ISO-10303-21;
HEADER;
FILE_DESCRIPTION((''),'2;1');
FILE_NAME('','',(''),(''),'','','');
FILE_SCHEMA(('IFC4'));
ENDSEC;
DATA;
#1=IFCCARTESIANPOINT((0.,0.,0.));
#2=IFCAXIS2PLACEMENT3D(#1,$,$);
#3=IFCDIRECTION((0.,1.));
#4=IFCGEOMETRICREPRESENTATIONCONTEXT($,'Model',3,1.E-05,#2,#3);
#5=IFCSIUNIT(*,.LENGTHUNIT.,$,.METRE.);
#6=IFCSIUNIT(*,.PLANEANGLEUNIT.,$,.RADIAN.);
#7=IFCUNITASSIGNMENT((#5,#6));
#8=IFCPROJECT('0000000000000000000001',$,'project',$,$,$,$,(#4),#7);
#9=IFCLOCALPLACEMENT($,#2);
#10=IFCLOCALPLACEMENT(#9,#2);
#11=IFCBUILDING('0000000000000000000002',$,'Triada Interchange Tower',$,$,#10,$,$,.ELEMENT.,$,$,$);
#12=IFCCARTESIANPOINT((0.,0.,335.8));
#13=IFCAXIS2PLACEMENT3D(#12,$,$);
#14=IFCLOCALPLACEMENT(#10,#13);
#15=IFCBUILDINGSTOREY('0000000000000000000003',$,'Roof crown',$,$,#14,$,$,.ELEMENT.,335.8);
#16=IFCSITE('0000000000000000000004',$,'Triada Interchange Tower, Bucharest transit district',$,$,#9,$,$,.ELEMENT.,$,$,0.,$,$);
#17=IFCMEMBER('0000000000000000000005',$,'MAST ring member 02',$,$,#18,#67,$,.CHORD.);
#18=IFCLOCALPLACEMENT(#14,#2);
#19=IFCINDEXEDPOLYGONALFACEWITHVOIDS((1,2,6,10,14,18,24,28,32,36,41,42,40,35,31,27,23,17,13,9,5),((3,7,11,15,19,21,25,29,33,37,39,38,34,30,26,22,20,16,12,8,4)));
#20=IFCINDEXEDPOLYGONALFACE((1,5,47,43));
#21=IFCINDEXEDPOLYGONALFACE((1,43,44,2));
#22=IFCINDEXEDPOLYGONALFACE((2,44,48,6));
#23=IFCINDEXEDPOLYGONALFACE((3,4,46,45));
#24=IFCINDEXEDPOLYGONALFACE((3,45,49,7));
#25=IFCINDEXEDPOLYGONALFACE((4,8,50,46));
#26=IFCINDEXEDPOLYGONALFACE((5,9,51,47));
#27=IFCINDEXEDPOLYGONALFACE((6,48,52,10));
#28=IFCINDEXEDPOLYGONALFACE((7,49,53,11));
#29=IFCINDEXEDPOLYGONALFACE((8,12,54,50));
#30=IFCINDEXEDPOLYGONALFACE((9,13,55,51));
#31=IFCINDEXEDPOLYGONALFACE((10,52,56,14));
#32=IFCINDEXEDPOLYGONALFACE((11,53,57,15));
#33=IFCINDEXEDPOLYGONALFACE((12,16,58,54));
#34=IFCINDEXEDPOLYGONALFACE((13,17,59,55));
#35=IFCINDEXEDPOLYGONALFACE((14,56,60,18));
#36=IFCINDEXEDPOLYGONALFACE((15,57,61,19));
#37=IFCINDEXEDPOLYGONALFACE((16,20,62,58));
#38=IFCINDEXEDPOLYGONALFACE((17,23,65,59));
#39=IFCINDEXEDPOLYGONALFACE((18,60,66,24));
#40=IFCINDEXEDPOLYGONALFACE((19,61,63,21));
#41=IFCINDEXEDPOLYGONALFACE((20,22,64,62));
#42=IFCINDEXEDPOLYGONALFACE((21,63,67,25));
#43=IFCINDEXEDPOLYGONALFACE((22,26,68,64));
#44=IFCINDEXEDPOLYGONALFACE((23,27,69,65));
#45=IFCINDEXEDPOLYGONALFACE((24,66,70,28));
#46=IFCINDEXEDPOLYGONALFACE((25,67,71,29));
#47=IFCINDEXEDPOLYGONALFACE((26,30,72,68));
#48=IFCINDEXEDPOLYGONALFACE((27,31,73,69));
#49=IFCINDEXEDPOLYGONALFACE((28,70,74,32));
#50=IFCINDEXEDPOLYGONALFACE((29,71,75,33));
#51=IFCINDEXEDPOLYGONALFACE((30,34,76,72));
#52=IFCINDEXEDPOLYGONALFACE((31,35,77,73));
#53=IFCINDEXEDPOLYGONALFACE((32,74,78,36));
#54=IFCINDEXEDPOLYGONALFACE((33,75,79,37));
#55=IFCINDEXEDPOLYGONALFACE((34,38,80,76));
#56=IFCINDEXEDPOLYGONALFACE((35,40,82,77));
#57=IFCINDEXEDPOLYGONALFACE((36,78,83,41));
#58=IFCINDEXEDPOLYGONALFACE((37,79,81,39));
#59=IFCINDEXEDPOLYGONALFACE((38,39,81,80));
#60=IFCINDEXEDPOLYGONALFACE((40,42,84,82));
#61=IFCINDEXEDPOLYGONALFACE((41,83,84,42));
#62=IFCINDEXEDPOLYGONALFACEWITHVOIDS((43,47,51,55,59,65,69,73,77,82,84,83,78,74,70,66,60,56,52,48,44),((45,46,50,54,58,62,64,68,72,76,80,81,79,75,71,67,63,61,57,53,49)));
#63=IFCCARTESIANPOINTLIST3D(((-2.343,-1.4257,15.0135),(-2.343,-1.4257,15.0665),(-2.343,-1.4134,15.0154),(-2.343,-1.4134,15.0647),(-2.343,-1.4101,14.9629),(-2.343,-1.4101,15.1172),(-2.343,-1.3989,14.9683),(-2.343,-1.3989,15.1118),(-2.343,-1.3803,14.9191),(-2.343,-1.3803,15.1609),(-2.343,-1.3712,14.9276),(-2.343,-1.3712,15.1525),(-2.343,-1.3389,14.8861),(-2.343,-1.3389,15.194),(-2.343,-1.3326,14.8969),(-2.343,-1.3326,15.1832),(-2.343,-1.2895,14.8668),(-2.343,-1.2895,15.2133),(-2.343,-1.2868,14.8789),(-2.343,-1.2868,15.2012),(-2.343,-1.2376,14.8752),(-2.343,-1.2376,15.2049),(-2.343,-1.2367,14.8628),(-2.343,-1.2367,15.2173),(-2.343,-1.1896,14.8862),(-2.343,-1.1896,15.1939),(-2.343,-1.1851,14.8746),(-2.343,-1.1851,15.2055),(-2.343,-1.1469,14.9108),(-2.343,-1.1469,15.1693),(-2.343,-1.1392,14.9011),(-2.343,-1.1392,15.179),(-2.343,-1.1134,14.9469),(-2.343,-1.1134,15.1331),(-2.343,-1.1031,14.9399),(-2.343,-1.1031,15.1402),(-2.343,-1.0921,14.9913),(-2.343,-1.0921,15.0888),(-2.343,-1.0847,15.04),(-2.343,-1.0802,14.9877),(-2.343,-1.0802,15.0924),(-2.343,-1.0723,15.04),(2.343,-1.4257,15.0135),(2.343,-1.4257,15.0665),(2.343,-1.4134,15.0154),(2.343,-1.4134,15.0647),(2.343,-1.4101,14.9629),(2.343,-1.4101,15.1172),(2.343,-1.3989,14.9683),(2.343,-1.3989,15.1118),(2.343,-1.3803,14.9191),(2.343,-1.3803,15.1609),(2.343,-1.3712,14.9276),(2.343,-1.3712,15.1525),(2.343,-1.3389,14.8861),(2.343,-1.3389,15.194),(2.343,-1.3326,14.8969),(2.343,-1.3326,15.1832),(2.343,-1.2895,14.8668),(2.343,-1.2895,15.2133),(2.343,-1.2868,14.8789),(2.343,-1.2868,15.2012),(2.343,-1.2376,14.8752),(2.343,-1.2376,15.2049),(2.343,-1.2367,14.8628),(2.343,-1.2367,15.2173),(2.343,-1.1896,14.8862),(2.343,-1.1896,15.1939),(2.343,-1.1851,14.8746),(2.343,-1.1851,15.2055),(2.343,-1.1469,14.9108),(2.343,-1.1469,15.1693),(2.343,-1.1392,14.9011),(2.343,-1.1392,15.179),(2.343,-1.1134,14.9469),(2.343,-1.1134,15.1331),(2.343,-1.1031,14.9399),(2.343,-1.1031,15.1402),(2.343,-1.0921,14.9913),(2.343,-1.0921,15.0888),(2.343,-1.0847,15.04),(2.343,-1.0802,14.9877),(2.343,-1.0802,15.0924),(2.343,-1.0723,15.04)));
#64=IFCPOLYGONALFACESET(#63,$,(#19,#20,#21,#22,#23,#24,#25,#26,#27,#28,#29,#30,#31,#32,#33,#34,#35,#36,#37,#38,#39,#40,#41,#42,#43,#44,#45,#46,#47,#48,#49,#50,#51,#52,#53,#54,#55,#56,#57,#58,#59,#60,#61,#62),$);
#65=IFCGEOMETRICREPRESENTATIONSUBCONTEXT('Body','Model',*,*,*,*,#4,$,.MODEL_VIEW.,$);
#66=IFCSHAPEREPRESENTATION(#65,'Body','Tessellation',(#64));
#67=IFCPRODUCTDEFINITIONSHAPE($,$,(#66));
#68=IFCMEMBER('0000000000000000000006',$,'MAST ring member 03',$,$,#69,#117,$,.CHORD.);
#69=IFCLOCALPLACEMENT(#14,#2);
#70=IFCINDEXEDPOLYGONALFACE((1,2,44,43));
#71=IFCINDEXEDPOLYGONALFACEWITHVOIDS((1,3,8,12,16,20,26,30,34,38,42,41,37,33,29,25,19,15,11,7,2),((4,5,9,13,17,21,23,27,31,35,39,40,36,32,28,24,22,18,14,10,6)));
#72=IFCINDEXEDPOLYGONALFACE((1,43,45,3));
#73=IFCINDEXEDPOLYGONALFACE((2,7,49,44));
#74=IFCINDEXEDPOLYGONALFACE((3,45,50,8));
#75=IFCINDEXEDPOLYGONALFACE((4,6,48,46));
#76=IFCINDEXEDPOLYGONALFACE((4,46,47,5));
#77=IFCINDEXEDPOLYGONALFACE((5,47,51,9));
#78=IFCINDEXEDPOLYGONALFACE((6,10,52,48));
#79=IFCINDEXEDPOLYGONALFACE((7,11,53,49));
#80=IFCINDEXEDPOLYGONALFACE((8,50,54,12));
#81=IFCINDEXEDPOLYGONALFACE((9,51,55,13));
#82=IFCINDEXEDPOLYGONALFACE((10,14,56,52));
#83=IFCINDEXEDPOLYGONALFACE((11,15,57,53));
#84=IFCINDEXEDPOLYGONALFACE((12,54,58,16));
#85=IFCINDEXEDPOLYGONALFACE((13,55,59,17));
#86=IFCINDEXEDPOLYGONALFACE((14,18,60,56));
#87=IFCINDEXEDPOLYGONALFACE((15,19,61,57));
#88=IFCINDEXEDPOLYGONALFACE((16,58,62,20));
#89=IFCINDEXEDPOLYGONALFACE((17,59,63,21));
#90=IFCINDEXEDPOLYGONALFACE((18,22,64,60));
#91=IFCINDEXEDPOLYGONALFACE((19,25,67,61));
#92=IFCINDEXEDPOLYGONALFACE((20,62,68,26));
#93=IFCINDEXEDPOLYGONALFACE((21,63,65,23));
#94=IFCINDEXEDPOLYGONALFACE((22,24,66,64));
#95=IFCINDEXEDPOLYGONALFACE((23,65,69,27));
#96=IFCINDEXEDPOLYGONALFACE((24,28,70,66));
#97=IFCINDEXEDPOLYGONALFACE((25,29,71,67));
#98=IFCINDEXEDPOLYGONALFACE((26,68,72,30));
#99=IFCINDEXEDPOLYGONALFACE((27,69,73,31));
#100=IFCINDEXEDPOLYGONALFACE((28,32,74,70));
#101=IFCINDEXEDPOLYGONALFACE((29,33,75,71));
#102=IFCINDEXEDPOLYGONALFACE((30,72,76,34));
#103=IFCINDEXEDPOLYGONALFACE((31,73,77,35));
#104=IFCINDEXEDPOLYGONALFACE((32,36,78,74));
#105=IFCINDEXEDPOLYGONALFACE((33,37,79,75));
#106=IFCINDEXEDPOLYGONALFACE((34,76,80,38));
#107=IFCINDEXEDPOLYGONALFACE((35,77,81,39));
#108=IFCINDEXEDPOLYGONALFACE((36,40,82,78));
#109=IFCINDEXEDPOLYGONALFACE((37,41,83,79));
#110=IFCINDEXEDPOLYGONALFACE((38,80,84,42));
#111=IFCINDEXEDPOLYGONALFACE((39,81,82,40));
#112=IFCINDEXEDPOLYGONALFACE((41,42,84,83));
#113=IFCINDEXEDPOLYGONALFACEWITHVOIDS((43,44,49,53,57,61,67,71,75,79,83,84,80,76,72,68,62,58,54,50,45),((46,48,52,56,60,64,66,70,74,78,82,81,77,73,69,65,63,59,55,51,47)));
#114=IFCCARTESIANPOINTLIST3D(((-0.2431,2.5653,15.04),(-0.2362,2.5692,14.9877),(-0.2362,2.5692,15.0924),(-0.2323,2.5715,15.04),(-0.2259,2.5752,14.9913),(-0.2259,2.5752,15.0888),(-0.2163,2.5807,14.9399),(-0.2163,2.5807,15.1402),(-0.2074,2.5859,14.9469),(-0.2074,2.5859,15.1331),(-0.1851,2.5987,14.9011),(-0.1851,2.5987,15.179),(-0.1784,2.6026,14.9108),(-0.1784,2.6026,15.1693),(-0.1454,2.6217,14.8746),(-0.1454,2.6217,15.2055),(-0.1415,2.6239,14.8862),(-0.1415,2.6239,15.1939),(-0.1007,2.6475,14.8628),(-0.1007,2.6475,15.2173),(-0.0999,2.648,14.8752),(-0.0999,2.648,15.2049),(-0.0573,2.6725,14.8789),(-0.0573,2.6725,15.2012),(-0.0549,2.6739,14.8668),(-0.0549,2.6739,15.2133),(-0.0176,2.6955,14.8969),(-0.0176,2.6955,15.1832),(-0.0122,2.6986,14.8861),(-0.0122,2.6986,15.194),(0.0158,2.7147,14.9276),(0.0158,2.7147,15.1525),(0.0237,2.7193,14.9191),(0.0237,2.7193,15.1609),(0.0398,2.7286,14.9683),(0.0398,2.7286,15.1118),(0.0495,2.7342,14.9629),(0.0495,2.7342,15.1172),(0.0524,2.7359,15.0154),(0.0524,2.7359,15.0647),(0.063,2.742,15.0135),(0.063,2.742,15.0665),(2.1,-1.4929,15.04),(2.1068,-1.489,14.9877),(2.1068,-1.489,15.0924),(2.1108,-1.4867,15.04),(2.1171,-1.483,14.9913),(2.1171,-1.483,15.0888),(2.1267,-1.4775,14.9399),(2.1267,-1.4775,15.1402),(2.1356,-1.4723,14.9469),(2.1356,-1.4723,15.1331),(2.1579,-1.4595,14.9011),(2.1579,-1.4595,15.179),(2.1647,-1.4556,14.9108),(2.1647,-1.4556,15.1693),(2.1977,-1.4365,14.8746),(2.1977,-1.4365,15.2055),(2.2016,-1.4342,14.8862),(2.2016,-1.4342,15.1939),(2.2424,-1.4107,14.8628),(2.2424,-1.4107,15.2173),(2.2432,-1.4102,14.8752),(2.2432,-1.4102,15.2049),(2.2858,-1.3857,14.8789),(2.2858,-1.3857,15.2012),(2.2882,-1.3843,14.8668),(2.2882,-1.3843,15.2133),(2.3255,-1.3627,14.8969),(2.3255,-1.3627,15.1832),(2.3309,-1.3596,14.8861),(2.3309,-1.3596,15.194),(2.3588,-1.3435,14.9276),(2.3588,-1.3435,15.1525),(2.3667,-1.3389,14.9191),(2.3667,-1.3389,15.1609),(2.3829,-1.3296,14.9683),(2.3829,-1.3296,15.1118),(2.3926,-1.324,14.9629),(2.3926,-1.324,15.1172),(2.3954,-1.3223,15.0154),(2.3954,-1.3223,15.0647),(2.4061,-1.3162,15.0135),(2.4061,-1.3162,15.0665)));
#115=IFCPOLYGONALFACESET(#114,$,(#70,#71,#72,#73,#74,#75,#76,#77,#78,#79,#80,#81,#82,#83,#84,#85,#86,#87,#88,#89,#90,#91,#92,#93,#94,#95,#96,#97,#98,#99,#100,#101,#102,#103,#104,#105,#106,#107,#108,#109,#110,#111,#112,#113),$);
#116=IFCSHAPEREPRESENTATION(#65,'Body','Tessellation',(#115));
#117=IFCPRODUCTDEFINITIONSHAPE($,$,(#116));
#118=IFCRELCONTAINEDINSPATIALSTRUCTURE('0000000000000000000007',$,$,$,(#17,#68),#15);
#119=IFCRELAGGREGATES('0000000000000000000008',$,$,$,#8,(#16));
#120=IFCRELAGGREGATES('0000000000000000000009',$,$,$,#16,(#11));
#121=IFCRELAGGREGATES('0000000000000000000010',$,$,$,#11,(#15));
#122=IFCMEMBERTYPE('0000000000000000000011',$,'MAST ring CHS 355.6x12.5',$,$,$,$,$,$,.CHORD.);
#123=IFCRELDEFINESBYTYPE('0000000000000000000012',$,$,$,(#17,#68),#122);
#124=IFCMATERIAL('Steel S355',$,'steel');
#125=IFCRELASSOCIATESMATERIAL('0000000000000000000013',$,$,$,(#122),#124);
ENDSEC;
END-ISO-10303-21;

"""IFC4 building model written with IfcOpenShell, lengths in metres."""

from ifc_helpers import new_model, si_unit, direction, frame, origin, origin_2d, place, context, subcontext, project, spatial, hollow_circle, extrude, material, material_profile, profile_set, type_object, element, save


model = new_model("IFC4")

# Units and contexts
model_context = context("Model", 3, precision=1e-05, world=origin(), true_north=direction((0.0, 1.0)))
body_context = subcontext(model_context, "Body", "Model", "MODEL_VIEW")
ifc_project = project(units=[si_unit("LENGTHUNIT", "METRE"), si_unit("PLANEANGLEUNIT", "RADIAN")], contexts=[model_context])

# Site, building, storey
site_placement = place(None, origin())
site = spatial("IfcSite", under=ifc_project, at=site_placement, Name="Triada Interchange Tower, Bucharest transit district", CompositionType="ELEMENT", RefElevation=0.0)
building_placement = place(site_placement, origin())
building = spatial("IfcBuilding", under=site, at=building_placement, Name="Triada Interchange Tower", CompositionType="ELEMENT")
storey_placement = place(building_placement, frame((0.0, 0.0, 335.8)))
storey = spatial("IfcBuildingStorey", under=building, at=storey_placement, Name="Roof crown", CompositionType="ELEMENT", Elevation=335.8)

# Members
ifc_material = material(Name="Steel S355", Category="steel")
ifc_material_profile_1 = material_profile(ifc_material, hollow_circle(Radius=0.1777, WallThickness=0.0125, at=origin_2d()), Name="CHS 355.6x12.5")
ifc_profile_set_1 = profile_set([ifc_material_profile_1], Name="Steel S355")
member_type_1 = type_object("IfcMemberType", Name="MAST ring CHS 355.6x12.5", PredefinedType="CHORD", material=ifc_profile_set_1)
for number, where, z_axis, x_axis, name in (
    (1, (-2.343, -1.25, 15.04), (1.0, 0.0, 0.0), (0.0, 1.0, 0.0), "MAST ring member 02"),
    (2, (2.2539, -1.4041, 15.04), (-0.500011, 0.866019, 0.0), (-0.866019, -0.500011, 0.0), "MAST ring member 03"),
):
    element("IfcMember", number, at=place(storey_placement, frame(where, z_axis=z_axis, x_axis=x_axis)), inside=storey, type_object=member_type_1, Name=name, PredefinedType="CHORD", context=body_context, shape_type="SweptSolid", body=[
        extrude(hollow_circle(Radius=0.1777, WallThickness=0.0125, at=origin_2d()), origin(), (0.0, 0.0, 1.0), 4.686),
    ])

save(model, "model.ifc")
